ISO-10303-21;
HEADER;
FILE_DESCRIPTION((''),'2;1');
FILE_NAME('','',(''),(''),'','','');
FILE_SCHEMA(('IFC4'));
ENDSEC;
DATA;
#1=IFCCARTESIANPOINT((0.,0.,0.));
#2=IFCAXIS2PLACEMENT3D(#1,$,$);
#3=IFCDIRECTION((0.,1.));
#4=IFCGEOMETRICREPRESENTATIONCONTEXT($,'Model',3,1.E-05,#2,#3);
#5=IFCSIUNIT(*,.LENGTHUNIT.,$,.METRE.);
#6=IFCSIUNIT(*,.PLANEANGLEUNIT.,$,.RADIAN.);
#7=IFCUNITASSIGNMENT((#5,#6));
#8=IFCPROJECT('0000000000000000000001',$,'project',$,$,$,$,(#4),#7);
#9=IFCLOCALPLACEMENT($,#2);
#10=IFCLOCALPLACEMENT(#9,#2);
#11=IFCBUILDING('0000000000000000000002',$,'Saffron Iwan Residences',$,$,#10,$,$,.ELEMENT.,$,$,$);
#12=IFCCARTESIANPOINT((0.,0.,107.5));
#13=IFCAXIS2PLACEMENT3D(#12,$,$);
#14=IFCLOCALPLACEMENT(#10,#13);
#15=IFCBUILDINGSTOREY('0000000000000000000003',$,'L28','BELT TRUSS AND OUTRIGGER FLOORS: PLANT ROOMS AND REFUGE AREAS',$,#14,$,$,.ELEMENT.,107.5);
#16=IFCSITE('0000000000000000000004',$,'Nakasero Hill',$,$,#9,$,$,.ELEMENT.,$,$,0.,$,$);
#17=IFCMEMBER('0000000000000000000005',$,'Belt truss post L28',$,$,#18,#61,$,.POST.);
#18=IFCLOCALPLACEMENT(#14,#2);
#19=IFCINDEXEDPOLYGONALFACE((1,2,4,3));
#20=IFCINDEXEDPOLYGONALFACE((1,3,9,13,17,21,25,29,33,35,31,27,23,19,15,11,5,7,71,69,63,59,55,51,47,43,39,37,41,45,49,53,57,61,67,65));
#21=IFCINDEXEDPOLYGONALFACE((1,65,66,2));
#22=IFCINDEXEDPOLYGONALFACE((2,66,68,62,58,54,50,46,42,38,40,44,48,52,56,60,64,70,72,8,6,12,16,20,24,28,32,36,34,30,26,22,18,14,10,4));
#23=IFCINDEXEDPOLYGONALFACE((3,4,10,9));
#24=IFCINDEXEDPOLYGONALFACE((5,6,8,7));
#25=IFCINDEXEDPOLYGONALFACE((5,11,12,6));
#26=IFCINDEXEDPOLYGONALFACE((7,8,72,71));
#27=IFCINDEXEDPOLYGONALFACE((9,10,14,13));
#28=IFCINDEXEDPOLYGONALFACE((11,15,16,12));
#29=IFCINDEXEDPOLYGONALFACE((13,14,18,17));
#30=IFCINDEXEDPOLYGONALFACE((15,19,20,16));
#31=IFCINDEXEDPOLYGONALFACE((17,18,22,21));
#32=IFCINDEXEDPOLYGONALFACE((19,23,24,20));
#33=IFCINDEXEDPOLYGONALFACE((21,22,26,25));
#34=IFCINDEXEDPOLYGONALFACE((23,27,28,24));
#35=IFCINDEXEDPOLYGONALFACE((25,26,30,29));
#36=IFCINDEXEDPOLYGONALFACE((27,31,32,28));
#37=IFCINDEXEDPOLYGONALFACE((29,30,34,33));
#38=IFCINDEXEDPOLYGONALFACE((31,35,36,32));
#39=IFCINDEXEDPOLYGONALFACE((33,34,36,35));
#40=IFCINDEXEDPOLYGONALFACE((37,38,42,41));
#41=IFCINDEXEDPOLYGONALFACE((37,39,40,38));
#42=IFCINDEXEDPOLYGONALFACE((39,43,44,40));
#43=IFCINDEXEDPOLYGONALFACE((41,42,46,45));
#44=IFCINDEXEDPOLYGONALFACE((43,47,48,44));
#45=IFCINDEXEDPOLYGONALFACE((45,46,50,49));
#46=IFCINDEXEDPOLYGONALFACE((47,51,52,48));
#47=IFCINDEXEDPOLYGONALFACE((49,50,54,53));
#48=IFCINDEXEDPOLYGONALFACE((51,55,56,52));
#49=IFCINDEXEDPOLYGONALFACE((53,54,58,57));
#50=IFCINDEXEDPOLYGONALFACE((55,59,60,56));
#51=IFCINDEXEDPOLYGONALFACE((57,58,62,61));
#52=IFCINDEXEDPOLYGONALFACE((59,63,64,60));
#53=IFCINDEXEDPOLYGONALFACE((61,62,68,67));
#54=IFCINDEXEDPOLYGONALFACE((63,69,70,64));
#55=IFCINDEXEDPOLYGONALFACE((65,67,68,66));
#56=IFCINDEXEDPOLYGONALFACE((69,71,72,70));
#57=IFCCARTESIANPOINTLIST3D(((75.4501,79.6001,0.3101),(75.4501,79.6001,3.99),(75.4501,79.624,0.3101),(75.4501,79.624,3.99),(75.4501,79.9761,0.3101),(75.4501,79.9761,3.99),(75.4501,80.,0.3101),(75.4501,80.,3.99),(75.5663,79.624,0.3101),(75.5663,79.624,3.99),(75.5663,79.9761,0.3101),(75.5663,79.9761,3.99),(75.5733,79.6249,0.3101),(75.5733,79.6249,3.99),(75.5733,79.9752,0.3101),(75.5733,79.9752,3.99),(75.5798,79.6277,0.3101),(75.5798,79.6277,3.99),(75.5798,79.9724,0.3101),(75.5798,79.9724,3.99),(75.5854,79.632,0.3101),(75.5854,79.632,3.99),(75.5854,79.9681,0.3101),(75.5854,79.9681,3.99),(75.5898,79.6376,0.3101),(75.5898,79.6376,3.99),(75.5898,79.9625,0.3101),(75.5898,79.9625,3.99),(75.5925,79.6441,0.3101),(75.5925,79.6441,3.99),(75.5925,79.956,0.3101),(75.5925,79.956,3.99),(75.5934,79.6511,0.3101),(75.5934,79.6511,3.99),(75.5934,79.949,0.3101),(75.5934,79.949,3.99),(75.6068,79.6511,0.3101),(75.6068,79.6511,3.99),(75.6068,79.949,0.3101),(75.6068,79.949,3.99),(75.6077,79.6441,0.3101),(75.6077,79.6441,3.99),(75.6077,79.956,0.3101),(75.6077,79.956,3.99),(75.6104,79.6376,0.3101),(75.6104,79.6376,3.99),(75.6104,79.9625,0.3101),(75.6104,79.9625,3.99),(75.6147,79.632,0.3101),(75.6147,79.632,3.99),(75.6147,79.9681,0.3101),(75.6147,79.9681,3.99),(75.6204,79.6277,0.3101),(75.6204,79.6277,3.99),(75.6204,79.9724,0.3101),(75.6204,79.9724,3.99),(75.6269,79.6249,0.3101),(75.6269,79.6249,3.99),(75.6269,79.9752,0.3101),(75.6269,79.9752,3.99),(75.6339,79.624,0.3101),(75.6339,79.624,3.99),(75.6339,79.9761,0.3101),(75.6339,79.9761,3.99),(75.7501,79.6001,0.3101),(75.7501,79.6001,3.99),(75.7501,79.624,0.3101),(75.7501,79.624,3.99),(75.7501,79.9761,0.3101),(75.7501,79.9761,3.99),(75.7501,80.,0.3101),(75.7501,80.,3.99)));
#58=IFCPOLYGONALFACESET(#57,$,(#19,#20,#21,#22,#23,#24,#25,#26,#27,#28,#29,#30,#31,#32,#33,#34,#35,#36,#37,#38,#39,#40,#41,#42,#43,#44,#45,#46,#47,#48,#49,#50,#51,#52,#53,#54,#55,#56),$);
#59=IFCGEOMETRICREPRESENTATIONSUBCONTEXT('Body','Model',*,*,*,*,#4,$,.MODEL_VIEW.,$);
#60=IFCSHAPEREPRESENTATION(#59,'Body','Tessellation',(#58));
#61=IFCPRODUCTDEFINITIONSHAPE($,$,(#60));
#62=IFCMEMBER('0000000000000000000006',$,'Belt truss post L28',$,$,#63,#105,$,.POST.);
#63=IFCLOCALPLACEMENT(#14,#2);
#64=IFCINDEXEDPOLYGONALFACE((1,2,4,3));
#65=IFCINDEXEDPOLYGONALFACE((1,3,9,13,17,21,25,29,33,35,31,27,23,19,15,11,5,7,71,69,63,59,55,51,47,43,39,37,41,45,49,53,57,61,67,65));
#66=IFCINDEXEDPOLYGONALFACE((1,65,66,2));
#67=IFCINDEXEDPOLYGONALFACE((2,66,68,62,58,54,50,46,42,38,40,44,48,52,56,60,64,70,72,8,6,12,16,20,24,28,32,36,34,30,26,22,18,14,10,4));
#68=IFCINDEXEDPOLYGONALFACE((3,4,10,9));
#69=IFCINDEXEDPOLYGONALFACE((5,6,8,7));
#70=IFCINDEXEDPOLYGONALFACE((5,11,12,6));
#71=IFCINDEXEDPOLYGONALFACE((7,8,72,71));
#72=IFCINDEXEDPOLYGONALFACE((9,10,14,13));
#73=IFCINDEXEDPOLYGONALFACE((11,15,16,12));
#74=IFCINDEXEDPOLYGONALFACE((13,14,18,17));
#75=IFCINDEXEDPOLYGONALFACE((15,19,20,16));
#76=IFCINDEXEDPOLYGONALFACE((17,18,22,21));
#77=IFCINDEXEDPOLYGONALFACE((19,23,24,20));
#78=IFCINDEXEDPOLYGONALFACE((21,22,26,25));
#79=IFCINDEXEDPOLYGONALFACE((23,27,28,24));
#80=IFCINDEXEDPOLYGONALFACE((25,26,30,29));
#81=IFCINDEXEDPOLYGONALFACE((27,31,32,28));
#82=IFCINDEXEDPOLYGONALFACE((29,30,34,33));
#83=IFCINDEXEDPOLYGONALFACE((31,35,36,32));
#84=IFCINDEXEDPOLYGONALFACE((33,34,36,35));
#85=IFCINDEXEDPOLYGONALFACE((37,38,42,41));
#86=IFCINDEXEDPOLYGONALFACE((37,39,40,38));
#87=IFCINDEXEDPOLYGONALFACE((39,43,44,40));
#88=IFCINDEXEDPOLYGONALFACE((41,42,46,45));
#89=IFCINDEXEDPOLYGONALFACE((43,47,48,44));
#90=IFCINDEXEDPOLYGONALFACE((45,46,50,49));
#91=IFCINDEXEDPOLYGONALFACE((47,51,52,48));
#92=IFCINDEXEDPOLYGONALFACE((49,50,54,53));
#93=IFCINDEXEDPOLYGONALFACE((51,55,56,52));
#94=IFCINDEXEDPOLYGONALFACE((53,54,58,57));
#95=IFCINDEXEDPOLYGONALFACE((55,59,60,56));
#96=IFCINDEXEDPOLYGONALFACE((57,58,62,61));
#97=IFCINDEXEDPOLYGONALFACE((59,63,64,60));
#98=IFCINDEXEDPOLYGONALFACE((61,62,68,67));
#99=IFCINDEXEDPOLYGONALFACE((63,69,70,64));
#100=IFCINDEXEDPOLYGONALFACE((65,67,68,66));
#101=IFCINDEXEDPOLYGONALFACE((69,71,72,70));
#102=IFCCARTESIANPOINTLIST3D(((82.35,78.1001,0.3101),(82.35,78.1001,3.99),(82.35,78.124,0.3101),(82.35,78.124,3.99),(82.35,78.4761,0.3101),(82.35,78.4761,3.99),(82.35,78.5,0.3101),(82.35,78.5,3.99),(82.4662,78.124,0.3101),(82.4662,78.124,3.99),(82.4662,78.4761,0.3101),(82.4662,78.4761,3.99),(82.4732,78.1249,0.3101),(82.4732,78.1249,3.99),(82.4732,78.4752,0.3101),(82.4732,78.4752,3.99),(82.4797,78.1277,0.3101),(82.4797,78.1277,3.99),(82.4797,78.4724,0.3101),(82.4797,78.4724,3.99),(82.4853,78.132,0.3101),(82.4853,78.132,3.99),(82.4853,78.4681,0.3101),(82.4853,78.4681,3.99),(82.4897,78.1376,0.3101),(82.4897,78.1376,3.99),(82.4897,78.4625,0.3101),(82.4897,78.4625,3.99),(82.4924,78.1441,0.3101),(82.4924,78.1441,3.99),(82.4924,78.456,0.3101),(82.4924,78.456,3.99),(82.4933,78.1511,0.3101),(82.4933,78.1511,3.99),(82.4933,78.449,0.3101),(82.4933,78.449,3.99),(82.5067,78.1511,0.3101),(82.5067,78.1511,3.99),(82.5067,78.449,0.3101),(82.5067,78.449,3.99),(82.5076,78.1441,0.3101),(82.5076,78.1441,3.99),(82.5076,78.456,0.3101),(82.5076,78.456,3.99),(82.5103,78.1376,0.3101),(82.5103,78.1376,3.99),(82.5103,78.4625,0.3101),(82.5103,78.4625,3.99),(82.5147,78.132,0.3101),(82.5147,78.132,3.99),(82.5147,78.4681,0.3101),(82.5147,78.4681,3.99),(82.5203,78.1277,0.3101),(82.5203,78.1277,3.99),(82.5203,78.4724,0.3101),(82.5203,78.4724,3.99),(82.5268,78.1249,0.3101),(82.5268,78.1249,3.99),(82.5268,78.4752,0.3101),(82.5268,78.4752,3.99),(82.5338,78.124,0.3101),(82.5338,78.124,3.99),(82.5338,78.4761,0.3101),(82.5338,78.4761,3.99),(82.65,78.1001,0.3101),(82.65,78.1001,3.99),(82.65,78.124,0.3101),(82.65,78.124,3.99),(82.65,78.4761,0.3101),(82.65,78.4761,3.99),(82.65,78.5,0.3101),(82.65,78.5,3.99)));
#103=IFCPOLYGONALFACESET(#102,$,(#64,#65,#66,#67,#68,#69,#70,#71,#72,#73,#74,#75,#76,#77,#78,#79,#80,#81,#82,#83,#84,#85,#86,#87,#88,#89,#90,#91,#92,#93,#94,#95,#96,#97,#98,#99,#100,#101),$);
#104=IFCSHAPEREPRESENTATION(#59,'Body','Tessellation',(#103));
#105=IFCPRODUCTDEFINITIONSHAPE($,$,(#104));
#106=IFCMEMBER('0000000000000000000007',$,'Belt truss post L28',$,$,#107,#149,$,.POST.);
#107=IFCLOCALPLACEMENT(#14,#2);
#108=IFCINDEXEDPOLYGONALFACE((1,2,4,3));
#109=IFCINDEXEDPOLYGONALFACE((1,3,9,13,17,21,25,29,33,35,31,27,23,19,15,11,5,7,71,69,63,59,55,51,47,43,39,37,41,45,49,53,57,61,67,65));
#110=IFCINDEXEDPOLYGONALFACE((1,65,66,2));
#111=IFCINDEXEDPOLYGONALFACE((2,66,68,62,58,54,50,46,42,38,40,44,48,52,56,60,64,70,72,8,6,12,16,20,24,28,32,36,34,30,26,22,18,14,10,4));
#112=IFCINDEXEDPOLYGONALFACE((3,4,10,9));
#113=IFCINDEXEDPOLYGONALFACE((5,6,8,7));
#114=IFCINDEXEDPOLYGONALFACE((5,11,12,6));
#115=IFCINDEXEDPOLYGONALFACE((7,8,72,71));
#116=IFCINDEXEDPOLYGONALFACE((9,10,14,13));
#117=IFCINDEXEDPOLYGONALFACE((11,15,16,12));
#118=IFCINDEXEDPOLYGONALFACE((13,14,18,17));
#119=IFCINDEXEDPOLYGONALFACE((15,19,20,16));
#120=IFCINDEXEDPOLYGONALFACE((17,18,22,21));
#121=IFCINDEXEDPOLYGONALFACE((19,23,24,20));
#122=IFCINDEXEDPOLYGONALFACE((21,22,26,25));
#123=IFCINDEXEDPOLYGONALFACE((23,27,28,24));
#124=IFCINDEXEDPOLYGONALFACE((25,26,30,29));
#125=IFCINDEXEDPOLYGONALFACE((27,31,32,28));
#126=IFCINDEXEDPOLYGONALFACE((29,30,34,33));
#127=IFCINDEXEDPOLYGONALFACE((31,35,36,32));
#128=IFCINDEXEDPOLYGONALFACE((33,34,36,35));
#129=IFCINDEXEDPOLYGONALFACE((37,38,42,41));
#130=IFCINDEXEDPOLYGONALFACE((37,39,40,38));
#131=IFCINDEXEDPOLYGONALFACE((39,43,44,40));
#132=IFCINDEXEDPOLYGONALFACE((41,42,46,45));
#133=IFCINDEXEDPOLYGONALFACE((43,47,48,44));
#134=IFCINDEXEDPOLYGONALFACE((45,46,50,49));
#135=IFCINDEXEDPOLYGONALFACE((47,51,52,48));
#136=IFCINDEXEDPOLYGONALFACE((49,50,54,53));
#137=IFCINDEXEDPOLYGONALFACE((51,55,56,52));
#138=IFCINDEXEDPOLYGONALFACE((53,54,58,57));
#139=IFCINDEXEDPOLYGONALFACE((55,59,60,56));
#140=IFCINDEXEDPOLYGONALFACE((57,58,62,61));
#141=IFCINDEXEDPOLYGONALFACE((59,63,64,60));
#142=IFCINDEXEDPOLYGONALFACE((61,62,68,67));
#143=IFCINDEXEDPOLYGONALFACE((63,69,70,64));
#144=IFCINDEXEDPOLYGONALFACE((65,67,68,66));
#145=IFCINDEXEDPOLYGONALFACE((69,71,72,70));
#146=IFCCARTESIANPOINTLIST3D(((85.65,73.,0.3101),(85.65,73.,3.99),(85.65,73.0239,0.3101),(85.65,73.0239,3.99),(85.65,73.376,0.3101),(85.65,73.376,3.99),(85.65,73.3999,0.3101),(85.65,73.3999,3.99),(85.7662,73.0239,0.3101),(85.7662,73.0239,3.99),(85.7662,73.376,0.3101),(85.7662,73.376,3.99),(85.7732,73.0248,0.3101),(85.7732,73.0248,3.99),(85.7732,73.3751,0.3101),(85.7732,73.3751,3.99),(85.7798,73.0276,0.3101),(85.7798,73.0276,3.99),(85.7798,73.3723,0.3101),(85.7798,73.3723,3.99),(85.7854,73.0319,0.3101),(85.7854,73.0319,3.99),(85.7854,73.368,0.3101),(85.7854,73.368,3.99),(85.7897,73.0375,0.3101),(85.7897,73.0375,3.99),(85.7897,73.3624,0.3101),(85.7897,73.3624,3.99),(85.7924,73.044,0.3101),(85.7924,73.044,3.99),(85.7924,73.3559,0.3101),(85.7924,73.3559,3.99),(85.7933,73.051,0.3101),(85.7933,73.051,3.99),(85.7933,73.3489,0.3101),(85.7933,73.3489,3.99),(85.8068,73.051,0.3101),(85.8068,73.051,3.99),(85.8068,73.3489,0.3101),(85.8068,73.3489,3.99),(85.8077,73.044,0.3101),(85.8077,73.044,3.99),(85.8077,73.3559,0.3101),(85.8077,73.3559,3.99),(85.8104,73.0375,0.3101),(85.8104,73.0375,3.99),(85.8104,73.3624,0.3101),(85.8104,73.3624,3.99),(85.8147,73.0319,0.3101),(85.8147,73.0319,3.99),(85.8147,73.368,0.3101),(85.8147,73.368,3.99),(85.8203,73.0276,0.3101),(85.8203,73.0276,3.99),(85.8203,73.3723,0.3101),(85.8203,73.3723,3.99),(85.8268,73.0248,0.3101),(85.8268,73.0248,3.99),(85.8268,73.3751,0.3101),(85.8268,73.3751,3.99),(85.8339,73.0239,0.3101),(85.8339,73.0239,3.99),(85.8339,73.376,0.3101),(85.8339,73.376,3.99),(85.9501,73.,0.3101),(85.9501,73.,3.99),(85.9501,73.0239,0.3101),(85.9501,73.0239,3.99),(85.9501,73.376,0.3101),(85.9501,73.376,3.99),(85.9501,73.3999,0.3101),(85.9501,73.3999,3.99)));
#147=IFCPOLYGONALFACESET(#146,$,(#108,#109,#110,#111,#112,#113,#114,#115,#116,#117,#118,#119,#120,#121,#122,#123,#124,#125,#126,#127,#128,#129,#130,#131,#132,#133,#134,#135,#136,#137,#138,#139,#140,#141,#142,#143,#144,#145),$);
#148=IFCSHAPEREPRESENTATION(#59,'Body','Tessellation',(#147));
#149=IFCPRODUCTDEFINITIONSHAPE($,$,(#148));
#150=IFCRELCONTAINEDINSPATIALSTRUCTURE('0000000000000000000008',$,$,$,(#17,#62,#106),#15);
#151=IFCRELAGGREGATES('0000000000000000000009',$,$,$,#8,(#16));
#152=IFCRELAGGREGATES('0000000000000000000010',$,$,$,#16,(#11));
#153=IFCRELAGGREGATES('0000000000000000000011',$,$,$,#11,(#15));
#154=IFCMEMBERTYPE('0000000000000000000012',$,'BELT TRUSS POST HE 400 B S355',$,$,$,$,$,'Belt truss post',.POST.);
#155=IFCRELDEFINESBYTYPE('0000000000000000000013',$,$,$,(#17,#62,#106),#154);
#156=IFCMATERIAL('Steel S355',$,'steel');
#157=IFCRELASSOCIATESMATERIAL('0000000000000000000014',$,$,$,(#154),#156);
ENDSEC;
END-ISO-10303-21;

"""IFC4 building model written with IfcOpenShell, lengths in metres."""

from ifc_helpers import new_model, si_unit, direction, frame, origin, origin_2d, place, context, subcontext, project, spatial, i_section, extrude, source, transform, mapped, material, material_profile, profile_set, type_object, element, save


model = new_model("IFC4")

# Units and contexts
model_context = context("Model", 3, precision=1e-05, world=origin(), true_north=direction((0.0, 1.0)))
body_context = subcontext(model_context, "Body", "Model", "MODEL_VIEW")
ifc_project = project(units=[si_unit("LENGTHUNIT", "METRE"), si_unit("PLANEANGLEUNIT", "RADIAN")], contexts=[model_context])

# Site, building, storey
site_placement = place(None, origin())
site = spatial("IfcSite", under=ifc_project, at=site_placement, Name="Nakasero Hill", CompositionType="ELEMENT", RefElevation=0.0)
building_placement = place(site_placement, origin())
building = spatial("IfcBuilding", under=site, at=building_placement, Name="Saffron Iwan Residences", CompositionType="ELEMENT")
storey_placement = place(building_placement, frame((0.0, 0.0, 107.5)))
storey = spatial("IfcBuildingStorey", under=building, at=storey_placement, Name="L28", Description="BELT TRUSS AND OUTRIGGER FLOORS: PLANT ROOMS AND REFUGE AREAS", CompositionType="ELEMENT", Elevation=107.5)

# Members
ifc_material_1 = material(Name="Steel S355", Category="steel")
ifc_material_profile_1 = material_profile(ifc_material_1, i_section(OverallWidth=0.3, OverallDepth=0.3999, WebThickness=0.0134, FlangeThickness=0.0239, FilletRadius=0.0271, at=origin_2d()), Name="HE 400 B")
ifc_profile_set_1 = profile_set([ifc_material_profile_1], Name="Steel S355")
member_type_1 = type_object("IfcMemberType", Name="BELT TRUSS POST HE 400 B S355", ElementType="Belt truss post", PredefinedType="POST", material=ifc_profile_set_1)
shared_shape_1 = source(origin(), body_context, "Body", "SweptSolid", [
    extrude(i_section(OverallWidth=0.3, OverallDepth=0.3999, WebThickness=0.0134, FlangeThickness=0.0239, FilletRadius=0.0271, at=origin_2d()), origin(), (0.0, 0.0, 1.0), 3.6799),
])
for number, where, z_axis, x_axis, name in (
    (1, (75.6001, 79.8, 0.3101), (0.0, 0.0, 1.0), (1.0, 0.0, 0.0), "Belt truss post L28"),
    (2, (82.5, 78.3, 0.3101), (0.0, 0.0, 1.0), (1.0, 0.0, 0.0), "Belt truss post L28"),
    (3, (85.8, 73.2, 0.3101), (0.0, 0.0, 1.0), (1.0, 0.0, 0.0), "Belt truss post L28"),
):
    element("IfcMember", number, at=place(storey_placement, frame(where, z_axis=z_axis, x_axis=x_axis)), inside=storey, type_object=member_type_1, Name=name, PredefinedType="POST", context=body_context, shape_type="MappedRepresentation", body=[
        mapped(shared_shape_1, transform((0.0, 0.0, 0.0))),
    ])

save(model, "model.ifc")
